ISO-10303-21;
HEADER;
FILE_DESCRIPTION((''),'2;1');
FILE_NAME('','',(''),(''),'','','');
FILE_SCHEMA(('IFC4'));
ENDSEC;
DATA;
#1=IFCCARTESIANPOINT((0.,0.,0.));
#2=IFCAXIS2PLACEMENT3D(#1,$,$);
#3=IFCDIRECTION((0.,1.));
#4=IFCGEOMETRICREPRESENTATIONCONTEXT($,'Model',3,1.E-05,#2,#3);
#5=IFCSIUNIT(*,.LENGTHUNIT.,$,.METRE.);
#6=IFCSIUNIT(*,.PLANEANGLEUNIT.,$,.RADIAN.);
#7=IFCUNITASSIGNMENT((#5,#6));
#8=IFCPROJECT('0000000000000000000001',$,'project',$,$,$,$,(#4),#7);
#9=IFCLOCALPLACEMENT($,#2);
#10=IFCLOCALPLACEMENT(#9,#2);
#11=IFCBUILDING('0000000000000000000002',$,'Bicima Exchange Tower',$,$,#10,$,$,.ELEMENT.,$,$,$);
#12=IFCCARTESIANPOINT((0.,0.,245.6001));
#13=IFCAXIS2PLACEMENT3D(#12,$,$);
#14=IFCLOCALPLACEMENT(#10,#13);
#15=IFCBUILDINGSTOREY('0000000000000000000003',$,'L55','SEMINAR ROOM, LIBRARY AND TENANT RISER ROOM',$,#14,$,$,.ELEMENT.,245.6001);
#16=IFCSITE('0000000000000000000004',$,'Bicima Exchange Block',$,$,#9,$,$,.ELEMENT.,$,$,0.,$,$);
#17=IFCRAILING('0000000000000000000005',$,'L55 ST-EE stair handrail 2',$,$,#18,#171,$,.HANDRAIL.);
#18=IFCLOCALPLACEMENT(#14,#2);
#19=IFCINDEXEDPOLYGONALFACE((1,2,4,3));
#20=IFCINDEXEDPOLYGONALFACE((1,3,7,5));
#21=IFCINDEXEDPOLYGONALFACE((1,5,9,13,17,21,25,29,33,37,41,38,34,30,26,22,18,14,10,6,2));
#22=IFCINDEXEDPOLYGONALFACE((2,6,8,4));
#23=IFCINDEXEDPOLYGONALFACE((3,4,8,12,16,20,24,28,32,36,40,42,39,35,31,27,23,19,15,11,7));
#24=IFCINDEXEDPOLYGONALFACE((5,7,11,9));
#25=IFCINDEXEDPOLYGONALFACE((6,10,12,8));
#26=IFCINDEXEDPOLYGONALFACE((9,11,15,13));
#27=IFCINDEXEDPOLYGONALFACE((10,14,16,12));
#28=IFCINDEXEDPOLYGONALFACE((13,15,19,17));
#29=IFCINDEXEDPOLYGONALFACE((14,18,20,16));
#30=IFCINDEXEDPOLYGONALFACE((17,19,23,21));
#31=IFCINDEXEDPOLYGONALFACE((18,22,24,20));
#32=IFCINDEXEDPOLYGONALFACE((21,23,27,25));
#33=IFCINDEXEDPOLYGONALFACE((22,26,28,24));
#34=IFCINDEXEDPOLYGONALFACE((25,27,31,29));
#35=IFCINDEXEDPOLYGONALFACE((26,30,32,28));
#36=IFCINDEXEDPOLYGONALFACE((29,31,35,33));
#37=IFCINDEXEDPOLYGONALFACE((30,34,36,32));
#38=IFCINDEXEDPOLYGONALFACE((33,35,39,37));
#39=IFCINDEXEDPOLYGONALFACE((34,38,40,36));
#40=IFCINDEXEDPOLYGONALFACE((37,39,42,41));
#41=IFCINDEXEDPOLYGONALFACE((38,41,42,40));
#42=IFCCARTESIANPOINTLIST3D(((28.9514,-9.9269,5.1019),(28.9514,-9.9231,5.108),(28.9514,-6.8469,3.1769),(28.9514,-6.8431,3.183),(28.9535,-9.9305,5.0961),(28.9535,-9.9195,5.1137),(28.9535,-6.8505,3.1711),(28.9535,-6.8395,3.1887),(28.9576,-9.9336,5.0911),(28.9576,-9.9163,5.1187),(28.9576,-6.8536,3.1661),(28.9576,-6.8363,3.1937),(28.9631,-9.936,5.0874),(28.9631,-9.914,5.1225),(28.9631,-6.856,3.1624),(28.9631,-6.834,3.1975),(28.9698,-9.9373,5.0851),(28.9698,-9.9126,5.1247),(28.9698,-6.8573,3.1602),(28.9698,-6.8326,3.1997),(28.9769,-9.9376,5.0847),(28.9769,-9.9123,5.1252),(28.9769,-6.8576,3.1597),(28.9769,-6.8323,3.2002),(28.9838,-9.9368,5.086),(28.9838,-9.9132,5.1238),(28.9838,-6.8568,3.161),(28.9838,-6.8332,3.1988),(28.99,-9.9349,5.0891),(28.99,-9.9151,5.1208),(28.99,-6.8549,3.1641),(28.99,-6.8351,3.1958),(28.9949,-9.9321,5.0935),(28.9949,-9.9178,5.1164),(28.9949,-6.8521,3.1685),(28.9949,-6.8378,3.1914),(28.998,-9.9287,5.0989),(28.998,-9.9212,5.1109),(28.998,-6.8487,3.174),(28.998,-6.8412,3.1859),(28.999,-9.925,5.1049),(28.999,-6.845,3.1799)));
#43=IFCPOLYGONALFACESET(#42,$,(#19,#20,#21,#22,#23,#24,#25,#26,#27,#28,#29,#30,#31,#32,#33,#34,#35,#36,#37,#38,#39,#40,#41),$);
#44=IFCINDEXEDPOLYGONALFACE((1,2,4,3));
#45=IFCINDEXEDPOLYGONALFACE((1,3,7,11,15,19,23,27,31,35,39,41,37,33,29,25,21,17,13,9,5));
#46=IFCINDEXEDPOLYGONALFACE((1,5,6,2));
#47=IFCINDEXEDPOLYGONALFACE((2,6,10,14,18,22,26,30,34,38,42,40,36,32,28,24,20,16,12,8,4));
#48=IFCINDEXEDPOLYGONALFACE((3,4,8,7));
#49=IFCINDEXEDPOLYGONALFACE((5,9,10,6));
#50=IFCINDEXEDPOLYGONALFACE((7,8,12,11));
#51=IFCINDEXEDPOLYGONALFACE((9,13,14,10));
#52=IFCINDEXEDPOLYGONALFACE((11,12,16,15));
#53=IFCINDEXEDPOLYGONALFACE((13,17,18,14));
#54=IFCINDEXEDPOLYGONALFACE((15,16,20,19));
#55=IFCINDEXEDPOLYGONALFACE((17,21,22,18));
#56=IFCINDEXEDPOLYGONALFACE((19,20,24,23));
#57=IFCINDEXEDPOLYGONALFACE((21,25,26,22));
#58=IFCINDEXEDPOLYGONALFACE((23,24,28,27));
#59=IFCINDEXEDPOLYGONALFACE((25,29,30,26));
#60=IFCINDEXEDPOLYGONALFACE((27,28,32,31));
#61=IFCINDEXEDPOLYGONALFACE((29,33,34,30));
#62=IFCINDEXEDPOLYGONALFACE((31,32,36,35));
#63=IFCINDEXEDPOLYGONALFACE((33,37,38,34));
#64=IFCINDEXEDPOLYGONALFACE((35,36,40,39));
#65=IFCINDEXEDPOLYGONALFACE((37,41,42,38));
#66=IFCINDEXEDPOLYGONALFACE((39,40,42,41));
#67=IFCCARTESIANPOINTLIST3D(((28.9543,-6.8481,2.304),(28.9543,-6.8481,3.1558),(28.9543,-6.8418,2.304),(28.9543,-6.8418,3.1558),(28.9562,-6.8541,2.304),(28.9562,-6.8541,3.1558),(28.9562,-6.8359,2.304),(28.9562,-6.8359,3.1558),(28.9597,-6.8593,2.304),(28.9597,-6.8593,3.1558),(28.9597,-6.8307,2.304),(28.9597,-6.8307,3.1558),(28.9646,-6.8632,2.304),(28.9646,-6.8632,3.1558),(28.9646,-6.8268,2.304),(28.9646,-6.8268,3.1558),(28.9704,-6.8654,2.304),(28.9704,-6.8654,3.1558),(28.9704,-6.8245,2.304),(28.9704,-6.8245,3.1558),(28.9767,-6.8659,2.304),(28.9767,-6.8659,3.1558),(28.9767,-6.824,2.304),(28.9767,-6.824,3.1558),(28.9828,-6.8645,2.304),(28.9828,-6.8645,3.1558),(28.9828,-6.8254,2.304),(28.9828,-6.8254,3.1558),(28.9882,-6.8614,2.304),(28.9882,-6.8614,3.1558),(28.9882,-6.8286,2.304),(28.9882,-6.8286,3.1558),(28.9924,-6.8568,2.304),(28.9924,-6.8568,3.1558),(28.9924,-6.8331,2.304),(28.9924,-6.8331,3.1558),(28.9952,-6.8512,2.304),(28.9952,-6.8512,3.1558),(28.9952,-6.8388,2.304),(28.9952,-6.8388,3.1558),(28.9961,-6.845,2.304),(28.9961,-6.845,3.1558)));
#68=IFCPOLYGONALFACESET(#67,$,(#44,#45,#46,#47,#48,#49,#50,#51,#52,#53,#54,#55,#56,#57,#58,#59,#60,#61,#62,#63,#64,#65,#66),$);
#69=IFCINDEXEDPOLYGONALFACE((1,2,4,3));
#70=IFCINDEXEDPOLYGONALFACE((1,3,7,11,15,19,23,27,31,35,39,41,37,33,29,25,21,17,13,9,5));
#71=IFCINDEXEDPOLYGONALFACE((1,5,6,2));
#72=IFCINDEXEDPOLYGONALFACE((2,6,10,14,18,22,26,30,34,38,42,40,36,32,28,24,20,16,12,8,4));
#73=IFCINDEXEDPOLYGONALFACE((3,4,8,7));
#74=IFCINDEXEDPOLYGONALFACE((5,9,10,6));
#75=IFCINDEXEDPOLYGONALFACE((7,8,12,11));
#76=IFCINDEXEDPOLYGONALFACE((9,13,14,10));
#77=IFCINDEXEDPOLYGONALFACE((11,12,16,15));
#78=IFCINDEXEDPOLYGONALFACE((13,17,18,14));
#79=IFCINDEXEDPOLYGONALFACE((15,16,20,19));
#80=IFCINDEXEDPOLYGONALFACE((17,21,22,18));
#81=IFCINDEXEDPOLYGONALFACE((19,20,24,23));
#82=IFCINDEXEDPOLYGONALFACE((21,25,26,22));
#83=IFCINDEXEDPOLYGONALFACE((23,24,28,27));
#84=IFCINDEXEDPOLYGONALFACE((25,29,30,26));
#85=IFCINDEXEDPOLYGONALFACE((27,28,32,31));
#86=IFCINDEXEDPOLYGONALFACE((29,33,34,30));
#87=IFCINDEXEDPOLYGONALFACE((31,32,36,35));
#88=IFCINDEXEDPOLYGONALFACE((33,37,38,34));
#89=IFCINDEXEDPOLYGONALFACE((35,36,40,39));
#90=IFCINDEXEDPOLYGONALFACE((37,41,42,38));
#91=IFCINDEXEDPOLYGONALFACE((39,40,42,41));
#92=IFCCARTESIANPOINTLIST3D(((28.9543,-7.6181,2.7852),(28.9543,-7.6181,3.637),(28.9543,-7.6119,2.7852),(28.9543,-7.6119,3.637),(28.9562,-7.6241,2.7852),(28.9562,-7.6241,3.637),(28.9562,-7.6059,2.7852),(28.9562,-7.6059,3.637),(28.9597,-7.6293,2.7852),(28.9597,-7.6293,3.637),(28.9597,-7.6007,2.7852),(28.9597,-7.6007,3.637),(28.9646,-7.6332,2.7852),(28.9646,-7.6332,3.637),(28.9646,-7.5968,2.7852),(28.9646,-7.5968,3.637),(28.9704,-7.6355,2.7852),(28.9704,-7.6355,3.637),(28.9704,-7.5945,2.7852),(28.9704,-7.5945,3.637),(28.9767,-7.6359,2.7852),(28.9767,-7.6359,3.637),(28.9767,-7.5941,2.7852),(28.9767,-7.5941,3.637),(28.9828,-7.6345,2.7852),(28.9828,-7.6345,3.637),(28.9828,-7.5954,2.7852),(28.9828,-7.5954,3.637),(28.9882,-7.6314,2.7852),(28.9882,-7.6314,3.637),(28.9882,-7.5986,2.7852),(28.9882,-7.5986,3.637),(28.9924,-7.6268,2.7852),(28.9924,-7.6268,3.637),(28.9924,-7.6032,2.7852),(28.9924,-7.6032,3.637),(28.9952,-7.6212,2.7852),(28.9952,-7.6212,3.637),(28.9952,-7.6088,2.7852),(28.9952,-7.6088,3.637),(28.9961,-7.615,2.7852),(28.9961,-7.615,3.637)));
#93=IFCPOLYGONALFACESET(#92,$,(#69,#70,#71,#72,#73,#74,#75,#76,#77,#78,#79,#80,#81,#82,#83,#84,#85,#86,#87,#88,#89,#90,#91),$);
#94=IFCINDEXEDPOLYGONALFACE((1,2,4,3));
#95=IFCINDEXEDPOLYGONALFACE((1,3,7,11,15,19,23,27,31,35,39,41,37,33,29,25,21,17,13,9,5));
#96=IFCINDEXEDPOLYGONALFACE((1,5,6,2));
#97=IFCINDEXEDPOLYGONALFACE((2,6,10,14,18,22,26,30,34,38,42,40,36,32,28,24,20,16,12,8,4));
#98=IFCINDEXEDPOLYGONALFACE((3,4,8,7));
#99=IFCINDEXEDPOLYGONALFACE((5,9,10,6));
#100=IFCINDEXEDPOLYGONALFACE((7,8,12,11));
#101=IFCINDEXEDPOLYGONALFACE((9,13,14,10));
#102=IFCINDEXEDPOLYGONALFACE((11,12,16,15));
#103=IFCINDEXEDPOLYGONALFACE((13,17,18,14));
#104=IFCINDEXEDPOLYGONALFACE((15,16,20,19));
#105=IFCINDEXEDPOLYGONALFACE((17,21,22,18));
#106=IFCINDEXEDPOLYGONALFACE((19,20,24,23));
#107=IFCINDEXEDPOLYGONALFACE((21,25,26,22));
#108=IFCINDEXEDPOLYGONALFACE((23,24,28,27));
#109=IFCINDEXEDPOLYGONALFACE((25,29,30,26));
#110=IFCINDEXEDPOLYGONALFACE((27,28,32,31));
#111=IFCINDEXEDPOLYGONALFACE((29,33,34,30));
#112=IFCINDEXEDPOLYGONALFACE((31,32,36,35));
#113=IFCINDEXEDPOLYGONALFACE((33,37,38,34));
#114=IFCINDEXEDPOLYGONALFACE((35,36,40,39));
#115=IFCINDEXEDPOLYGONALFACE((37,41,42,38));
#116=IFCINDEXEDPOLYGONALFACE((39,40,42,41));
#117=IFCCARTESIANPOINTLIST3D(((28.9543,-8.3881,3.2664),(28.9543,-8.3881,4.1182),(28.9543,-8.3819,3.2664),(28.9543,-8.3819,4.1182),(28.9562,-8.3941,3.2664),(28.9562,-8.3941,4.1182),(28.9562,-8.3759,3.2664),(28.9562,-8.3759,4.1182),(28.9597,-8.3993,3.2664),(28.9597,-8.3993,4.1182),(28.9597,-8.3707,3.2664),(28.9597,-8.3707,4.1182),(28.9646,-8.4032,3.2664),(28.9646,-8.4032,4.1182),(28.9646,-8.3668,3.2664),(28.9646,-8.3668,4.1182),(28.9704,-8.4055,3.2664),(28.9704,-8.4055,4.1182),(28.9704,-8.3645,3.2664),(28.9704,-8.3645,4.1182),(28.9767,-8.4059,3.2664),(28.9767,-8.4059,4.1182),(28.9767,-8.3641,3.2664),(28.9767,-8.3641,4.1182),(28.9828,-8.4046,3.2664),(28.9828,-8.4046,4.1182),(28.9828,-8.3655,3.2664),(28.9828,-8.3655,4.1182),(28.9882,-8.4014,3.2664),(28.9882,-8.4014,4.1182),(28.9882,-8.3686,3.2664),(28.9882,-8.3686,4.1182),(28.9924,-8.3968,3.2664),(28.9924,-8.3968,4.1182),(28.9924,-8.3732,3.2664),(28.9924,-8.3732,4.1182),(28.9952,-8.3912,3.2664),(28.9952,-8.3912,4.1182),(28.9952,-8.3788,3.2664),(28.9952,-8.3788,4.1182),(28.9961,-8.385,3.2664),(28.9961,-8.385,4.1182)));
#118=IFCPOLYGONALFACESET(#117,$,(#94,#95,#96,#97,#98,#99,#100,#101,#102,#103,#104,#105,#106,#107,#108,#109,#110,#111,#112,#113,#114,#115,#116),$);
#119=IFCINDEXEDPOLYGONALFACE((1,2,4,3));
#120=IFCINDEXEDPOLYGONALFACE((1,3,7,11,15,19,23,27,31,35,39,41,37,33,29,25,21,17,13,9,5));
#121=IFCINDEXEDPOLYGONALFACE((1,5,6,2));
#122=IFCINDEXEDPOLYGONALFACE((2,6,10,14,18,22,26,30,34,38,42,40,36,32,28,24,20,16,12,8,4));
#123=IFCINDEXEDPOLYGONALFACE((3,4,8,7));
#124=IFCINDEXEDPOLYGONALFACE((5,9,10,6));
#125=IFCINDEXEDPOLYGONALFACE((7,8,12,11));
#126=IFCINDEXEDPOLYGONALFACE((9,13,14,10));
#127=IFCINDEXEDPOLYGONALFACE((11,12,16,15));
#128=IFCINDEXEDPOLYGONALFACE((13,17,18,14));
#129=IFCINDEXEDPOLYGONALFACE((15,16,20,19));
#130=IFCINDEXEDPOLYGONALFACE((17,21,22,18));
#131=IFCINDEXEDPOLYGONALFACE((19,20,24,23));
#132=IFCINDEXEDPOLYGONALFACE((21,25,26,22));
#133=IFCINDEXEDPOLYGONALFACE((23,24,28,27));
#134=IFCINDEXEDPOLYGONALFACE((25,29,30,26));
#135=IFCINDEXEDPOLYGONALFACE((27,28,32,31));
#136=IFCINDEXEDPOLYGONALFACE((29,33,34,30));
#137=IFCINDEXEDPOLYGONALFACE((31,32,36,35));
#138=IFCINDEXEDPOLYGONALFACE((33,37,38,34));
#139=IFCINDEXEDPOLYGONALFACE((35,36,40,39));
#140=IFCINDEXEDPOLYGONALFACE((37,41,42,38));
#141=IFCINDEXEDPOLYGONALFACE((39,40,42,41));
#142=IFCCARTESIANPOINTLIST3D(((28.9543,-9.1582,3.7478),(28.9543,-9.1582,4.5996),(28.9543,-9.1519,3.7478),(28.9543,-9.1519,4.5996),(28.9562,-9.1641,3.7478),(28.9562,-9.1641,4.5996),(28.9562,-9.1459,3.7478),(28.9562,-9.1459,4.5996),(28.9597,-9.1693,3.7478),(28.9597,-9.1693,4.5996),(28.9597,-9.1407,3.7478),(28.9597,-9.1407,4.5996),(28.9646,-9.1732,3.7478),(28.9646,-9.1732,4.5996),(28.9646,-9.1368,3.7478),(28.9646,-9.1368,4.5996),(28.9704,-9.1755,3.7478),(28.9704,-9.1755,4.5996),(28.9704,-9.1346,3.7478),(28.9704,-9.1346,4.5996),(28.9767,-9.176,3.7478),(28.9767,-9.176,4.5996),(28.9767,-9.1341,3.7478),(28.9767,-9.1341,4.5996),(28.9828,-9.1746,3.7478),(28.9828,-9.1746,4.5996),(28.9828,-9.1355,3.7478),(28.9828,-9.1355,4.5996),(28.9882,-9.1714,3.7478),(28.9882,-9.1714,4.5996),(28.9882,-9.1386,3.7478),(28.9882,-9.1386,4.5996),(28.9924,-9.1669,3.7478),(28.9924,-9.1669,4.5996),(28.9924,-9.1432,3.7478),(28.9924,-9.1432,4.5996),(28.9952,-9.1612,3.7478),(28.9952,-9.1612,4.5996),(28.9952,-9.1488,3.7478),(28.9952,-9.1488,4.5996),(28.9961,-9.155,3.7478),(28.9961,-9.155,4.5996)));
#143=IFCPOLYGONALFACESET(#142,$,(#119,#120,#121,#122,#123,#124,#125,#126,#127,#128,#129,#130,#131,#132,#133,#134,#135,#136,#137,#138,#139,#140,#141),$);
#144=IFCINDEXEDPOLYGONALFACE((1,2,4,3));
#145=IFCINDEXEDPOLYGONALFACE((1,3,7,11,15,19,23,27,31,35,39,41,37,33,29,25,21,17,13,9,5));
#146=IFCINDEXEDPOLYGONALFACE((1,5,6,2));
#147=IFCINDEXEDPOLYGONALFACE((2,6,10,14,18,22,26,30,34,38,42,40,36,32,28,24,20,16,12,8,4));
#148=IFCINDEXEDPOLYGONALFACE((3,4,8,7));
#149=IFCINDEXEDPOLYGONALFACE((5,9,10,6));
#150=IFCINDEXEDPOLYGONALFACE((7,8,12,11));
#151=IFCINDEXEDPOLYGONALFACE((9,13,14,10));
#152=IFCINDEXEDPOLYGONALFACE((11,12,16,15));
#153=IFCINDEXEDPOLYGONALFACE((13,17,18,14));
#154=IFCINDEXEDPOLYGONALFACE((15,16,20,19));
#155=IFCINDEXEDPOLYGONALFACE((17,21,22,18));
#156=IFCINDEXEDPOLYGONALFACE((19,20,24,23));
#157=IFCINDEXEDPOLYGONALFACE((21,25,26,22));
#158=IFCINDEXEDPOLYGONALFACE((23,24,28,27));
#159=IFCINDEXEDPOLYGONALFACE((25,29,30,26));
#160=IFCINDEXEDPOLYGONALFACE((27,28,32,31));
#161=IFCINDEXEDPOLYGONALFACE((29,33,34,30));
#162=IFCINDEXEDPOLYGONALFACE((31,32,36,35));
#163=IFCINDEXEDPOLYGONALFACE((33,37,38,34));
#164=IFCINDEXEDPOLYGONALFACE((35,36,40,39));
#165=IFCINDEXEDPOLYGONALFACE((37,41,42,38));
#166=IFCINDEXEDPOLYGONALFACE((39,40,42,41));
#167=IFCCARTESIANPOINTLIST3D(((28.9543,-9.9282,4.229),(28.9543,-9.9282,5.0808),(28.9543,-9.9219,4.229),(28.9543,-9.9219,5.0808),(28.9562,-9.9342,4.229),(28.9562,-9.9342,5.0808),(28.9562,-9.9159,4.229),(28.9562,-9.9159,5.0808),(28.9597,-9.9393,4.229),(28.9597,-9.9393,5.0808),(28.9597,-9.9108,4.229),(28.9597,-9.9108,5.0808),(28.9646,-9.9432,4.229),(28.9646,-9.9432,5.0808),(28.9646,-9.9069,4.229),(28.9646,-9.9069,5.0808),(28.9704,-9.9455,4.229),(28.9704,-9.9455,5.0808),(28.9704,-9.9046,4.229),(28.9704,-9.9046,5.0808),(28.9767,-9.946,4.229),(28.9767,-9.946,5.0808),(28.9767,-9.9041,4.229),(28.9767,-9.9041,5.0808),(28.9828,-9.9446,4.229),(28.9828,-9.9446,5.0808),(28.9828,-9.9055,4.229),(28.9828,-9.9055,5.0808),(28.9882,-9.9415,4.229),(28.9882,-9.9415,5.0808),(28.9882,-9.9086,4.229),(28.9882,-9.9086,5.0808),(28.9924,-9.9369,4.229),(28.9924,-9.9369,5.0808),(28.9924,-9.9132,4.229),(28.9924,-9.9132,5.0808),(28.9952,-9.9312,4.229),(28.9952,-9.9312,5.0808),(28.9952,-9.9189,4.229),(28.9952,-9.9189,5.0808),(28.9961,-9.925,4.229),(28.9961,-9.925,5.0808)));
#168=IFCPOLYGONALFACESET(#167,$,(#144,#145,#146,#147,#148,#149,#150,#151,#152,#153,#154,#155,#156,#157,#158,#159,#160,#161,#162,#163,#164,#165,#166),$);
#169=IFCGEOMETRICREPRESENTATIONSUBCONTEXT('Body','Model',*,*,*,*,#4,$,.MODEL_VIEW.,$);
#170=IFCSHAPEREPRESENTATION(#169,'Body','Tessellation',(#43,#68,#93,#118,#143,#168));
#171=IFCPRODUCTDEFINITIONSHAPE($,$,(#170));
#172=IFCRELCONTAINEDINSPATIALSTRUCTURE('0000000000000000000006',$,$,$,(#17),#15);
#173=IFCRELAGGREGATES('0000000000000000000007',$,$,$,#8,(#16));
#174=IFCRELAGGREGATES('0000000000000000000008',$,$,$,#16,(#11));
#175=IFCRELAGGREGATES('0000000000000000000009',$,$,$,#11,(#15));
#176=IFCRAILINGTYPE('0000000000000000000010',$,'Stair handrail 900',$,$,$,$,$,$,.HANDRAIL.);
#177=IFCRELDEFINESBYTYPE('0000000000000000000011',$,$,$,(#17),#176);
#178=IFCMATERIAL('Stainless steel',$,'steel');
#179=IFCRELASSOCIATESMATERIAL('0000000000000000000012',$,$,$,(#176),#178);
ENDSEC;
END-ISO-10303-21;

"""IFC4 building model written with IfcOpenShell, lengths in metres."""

from ifc_helpers import new_model, si_unit, direction, frame, origin, origin_2d, place, context, subcontext, project, spatial, circle, extrude, material, type_object, element, save


model = new_model("IFC4")

# Units and contexts
model_context = context("Model", 3, precision=1e-05, world=origin(), true_north=direction((0.0, 1.0)))
body_context = subcontext(model_context, "Body", "Model", "MODEL_VIEW")
ifc_project = project(units=[si_unit("LENGTHUNIT", "METRE"), si_unit("PLANEANGLEUNIT", "RADIAN")], contexts=[model_context])

# Site, building, storey
site_placement = place(None, origin())
site = spatial("IfcSite", under=ifc_project, at=site_placement, Name="Bicima Exchange Block", CompositionType="ELEMENT", RefElevation=0.0)
building_placement = place(site_placement, origin())
building = spatial("IfcBuilding", under=site, at=building_placement, Name="Bicima Exchange Tower", CompositionType="ELEMENT")
storey_placement = place(building_placement, frame((0.0, 0.0, 245.6001)))
storey = spatial("IfcBuildingStorey", under=building, at=storey_placement, Name="L55", Description="SEMINAR ROOM, LIBRARY AND TENANT RISER ROOM", CompositionType="ELEMENT", Elevation=245.6001)

# Railing
ifc_material_1 = material(Name="Stainless steel", Category="steel")
railing_type_1 = type_object("IfcRailingType", Name="Stair handrail 900", PredefinedType="HANDRAIL", material=ifc_material_1)
for number, where, name in (
    (1, (28.9751, -6.845, 2.304), "L55 ST-EE stair handrail 2"),
):
    element("IfcRailing", number, at=place(storey_placement, frame(where)), inside=storey, type_object=railing_type_1, Name=name, PredefinedType="HANDRAIL", context=body_context, shape_type="SweptSolid", body=[
        extrude(circle(Radius=0.0239, at=origin_2d()), frame((0.0, 0.0, 0.876), z_axis=(0.0, -0.847998, 0.529999), x_axis=(1.0, 0.0, 0.0)), (0.0, 0.0, 1.0), 3.6321),
        extrude(circle(Radius=0.021, at=origin_2d()), origin(), (0.0, 0.0, 1.0), 0.8518),
        extrude(circle(Radius=0.021, at=origin_2d()), frame((0.0, -0.77, 0.4812)), (0.0, 0.0, 1.0), 0.8518),
        extrude(circle(Radius=0.021, at=origin_2d()), frame((0.0, -1.54, 0.9624)), (0.0, 0.0, 1.0), 0.8518),
        extrude(circle(Radius=0.021, at=origin_2d()), frame((0.0, -2.3101, 1.4438)), (0.0, 0.0, 1.0), 0.8518),
        extrude(circle(Radius=0.021, at=origin_2d()), frame((0.0, -3.0801, 1.925)), (0.0, 0.0, 1.0), 0.8518),
    ])

save(model, "model.ifc")
